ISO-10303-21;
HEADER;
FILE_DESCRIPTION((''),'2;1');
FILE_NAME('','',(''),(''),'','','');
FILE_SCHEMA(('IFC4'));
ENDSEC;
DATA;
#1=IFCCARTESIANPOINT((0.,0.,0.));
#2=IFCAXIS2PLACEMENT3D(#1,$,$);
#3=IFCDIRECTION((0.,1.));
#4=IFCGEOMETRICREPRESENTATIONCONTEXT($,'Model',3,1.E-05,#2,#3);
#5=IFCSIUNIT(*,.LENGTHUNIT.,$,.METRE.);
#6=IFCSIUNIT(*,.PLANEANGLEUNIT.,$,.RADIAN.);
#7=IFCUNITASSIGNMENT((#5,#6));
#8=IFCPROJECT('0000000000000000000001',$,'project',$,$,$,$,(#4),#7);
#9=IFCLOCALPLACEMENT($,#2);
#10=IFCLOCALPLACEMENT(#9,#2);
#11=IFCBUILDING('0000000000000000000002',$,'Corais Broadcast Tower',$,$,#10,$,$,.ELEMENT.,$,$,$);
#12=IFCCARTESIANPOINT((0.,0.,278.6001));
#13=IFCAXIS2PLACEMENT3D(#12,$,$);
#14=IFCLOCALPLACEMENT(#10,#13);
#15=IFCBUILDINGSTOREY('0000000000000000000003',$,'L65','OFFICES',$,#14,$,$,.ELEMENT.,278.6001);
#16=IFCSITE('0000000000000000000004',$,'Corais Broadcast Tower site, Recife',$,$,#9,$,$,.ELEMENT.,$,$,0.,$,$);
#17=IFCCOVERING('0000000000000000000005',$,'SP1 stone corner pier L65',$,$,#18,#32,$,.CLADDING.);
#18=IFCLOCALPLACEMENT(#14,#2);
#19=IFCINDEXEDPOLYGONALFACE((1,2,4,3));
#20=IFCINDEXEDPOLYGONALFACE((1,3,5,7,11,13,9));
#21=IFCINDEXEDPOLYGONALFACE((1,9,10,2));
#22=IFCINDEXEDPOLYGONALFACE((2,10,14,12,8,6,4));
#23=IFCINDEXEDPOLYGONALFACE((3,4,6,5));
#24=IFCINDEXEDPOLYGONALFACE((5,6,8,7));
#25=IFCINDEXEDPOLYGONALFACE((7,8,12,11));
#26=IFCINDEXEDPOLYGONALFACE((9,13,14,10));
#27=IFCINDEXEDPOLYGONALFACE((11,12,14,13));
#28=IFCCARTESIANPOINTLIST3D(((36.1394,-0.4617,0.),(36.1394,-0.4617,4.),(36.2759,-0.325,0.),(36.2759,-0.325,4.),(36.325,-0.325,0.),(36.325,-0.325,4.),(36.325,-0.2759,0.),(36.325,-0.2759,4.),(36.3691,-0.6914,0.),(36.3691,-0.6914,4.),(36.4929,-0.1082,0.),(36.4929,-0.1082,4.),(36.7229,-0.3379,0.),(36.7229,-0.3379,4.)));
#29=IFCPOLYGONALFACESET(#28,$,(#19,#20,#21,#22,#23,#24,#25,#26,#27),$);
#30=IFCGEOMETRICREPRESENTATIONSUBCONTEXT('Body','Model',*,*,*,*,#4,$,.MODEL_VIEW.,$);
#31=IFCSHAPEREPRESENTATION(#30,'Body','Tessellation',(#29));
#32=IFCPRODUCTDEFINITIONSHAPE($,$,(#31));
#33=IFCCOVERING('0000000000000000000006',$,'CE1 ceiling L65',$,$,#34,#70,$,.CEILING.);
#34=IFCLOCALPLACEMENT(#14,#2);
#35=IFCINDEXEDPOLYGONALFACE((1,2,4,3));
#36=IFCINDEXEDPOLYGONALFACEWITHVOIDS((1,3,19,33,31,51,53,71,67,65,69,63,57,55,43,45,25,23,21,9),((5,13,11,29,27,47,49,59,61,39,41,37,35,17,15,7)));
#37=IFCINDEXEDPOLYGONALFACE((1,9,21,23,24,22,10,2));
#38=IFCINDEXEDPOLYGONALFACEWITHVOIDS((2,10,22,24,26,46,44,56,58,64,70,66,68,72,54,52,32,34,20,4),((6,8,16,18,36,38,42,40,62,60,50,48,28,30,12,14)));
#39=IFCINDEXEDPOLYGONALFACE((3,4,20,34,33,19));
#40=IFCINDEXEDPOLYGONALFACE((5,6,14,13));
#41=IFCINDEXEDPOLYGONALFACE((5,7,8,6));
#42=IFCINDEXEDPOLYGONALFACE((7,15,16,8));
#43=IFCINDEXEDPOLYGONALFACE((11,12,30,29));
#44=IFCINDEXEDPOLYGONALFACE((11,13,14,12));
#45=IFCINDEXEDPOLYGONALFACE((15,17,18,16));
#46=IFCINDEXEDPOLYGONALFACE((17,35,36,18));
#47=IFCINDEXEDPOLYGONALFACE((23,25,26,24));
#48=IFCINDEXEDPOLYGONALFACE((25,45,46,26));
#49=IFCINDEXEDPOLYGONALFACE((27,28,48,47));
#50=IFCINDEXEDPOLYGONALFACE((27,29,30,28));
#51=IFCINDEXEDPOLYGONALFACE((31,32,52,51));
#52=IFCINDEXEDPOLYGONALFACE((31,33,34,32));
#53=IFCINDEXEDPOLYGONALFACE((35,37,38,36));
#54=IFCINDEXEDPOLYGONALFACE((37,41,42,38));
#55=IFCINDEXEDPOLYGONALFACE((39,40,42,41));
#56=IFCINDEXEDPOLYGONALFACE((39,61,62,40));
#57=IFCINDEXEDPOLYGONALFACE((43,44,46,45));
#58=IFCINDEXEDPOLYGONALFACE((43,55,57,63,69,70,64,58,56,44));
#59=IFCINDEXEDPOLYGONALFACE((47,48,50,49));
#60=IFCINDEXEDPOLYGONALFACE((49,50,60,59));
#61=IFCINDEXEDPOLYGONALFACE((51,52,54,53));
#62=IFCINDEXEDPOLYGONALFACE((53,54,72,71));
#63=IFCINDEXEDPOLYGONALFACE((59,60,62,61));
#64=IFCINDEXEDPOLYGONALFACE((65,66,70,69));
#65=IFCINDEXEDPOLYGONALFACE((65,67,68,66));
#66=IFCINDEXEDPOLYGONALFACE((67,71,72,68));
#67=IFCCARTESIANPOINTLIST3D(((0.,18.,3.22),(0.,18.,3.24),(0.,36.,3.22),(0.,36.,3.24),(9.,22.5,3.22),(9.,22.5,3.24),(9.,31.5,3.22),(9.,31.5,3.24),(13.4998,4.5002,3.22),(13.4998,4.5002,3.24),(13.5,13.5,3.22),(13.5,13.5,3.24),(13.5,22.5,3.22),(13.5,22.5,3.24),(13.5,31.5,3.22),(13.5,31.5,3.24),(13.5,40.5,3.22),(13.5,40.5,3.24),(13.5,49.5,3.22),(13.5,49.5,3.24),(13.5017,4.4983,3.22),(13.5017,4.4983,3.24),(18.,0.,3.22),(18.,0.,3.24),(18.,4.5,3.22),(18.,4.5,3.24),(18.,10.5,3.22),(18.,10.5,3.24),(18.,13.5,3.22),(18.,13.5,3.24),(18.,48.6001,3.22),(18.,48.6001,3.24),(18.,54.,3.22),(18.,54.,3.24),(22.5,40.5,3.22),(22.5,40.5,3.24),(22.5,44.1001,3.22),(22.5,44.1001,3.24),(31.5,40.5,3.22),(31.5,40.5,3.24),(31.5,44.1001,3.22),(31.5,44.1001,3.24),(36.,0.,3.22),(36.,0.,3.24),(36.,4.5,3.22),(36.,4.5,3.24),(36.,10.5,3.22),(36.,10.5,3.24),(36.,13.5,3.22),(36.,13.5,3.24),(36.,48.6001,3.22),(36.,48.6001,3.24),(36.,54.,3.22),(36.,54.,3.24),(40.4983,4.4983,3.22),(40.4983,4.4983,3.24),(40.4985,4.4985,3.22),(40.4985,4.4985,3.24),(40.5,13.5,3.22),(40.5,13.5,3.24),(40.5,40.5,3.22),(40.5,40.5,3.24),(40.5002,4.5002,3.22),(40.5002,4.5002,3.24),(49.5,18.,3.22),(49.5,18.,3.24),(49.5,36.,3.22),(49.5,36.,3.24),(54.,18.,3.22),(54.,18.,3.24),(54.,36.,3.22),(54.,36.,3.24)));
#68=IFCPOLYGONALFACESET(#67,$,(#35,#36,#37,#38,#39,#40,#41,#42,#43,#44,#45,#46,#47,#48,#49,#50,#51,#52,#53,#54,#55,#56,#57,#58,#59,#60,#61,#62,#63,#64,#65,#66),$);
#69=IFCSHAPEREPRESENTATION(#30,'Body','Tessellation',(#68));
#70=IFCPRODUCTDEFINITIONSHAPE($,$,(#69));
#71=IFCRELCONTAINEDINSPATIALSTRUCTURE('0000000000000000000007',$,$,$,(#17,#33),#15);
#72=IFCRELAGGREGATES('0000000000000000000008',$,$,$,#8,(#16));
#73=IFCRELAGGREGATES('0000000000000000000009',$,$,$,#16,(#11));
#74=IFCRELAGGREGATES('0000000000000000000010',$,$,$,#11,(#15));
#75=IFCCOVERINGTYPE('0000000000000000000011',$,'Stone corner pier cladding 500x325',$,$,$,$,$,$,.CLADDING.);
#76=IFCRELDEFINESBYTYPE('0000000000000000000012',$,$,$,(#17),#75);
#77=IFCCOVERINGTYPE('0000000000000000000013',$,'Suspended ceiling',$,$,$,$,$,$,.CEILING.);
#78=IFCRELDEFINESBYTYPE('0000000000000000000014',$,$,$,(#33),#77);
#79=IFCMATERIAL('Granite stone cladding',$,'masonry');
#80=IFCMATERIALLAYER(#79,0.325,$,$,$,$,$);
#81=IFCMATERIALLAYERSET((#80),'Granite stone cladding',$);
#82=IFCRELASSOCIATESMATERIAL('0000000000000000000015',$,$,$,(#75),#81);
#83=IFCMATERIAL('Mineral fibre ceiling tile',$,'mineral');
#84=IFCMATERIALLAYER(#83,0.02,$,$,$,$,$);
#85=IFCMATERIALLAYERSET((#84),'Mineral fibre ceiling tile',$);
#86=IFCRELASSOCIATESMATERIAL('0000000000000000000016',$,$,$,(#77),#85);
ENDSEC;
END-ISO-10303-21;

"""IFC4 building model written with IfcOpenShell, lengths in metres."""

from ifc_helpers import new_model, si_unit, direction, frame, origin, place, context, subcontext, project, spatial, polyline, outline, extrude, material, layer, layer_set, type_object, element, save


model = new_model("IFC4")

# Units and contexts
model_context = context("Model", 3, precision=1e-05, world=origin(), true_north=direction((0.0, 1.0)))
body_context = subcontext(model_context, "Body", "Model", "MODEL_VIEW")
ifc_project = project(units=[si_unit("LENGTHUNIT", "METRE"), si_unit("PLANEANGLEUNIT", "RADIAN")], contexts=[model_context])

# Site, building, storey
site_placement = place(None, origin())
site = spatial("IfcSite", under=ifc_project, at=site_placement, Name="Corais Broadcast Tower site, Recife", CompositionType="ELEMENT", RefElevation=0.0)
building_placement = place(site_placement, origin())
building = spatial("IfcBuilding", under=site, at=building_placement, Name="Corais Broadcast Tower", CompositionType="ELEMENT")
storey_placement = place(building_placement, frame((0.0, 0.0, 278.6001)))
storey = spatial("IfcBuildingStorey", under=building, at=storey_placement, Name="L65", Description="OFFICES", CompositionType="ELEMENT", Elevation=278.6001)

# Coverings
ifc_material_1 = material(Name="Granite stone cladding", Category="masonry")
ifc_layer_1 = layer(ifc_material_1, 0.325)
ifc_layer_set_1 = layer_set([ifc_layer_1], Name="Granite stone cladding")
covering_type_1 = type_object("IfcCoveringType", Name="Stone corner pier cladding 500x325", PredefinedType="CLADDING", material=ifc_layer_set_1)
covering_1_placement = place(storey_placement, origin())
element("IfcCovering", 1, at=covering_1_placement, inside=storey, type_object=covering_type_1, Name="SP1 stone corner pier L65", PredefinedType="CLADDING", context=body_context, shape_type="SweptSolid", body=[
    extrude(outline(polyline([(36.2759, -0.325), (36.1394, -0.4617), (36.3691, -0.6914), (36.7229, -0.3379), (36.4929, -0.1082), (36.325, -0.2759), (36.325, -0.325), (36.2759, -0.325)])), origin(), (0.0, 0.0, 1.0), 4.0),
])
ifc_material_2 = material(Name="Mineral fibre ceiling tile", Category="mineral")
ifc_layer_2 = layer(ifc_material_2, 0.02)
ifc_layer_set_2 = layer_set([ifc_layer_2], Name="Mineral fibre ceiling tile")
covering_type_2 = type_object("IfcCoveringType", Name="Suspended ceiling", PredefinedType="CEILING", material=ifc_layer_set_2)
covering_2_placement = place(storey_placement, frame((0.0, 0.0, 3.22)))
element("IfcCovering", 2, at=covering_2_placement, inside=storey, type_object=covering_type_2, Name="CE1 ceiling L65", PredefinedType="CEILING", context=body_context, shape_type="SweptSolid", body=[
    extrude(outline(polyline([(13.5, 49.5), (18.0, 54.0), (18.0, 48.6001), (36.0, 48.6001), (36.0, 54.0), (54.0, 36.0), (49.5, 36.0), (49.5, 18.0), (54.0, 18.0), (40.5002, 4.5002), (40.4985, 4.4985), (40.4983, 4.4983), (36.0, 0.0), (36.0, 4.5), (18.0, 4.5), (18.0, 0.0), (13.5017, 4.4983), (13.4998, 4.5002), (0.0, 18.0), (0.0, 36.0), (13.5, 49.5)]), holes=[polyline([(31.5, 40.5), (31.5, 44.1001), (22.5, 44.1001), (22.5, 40.5), (13.5, 40.5), (13.5, 31.5), (9.0, 31.5), (9.0, 22.5), (13.5, 22.5), (13.5, 13.5), (18.0, 13.5), (18.0, 10.5), (36.0, 10.5), (36.0, 13.5), (40.5, 13.5), (40.5, 40.5), (31.5, 40.5)])]), origin(), (0.0, 0.0, 1.0), 0.02),
])

save(model, "model.ifc")
